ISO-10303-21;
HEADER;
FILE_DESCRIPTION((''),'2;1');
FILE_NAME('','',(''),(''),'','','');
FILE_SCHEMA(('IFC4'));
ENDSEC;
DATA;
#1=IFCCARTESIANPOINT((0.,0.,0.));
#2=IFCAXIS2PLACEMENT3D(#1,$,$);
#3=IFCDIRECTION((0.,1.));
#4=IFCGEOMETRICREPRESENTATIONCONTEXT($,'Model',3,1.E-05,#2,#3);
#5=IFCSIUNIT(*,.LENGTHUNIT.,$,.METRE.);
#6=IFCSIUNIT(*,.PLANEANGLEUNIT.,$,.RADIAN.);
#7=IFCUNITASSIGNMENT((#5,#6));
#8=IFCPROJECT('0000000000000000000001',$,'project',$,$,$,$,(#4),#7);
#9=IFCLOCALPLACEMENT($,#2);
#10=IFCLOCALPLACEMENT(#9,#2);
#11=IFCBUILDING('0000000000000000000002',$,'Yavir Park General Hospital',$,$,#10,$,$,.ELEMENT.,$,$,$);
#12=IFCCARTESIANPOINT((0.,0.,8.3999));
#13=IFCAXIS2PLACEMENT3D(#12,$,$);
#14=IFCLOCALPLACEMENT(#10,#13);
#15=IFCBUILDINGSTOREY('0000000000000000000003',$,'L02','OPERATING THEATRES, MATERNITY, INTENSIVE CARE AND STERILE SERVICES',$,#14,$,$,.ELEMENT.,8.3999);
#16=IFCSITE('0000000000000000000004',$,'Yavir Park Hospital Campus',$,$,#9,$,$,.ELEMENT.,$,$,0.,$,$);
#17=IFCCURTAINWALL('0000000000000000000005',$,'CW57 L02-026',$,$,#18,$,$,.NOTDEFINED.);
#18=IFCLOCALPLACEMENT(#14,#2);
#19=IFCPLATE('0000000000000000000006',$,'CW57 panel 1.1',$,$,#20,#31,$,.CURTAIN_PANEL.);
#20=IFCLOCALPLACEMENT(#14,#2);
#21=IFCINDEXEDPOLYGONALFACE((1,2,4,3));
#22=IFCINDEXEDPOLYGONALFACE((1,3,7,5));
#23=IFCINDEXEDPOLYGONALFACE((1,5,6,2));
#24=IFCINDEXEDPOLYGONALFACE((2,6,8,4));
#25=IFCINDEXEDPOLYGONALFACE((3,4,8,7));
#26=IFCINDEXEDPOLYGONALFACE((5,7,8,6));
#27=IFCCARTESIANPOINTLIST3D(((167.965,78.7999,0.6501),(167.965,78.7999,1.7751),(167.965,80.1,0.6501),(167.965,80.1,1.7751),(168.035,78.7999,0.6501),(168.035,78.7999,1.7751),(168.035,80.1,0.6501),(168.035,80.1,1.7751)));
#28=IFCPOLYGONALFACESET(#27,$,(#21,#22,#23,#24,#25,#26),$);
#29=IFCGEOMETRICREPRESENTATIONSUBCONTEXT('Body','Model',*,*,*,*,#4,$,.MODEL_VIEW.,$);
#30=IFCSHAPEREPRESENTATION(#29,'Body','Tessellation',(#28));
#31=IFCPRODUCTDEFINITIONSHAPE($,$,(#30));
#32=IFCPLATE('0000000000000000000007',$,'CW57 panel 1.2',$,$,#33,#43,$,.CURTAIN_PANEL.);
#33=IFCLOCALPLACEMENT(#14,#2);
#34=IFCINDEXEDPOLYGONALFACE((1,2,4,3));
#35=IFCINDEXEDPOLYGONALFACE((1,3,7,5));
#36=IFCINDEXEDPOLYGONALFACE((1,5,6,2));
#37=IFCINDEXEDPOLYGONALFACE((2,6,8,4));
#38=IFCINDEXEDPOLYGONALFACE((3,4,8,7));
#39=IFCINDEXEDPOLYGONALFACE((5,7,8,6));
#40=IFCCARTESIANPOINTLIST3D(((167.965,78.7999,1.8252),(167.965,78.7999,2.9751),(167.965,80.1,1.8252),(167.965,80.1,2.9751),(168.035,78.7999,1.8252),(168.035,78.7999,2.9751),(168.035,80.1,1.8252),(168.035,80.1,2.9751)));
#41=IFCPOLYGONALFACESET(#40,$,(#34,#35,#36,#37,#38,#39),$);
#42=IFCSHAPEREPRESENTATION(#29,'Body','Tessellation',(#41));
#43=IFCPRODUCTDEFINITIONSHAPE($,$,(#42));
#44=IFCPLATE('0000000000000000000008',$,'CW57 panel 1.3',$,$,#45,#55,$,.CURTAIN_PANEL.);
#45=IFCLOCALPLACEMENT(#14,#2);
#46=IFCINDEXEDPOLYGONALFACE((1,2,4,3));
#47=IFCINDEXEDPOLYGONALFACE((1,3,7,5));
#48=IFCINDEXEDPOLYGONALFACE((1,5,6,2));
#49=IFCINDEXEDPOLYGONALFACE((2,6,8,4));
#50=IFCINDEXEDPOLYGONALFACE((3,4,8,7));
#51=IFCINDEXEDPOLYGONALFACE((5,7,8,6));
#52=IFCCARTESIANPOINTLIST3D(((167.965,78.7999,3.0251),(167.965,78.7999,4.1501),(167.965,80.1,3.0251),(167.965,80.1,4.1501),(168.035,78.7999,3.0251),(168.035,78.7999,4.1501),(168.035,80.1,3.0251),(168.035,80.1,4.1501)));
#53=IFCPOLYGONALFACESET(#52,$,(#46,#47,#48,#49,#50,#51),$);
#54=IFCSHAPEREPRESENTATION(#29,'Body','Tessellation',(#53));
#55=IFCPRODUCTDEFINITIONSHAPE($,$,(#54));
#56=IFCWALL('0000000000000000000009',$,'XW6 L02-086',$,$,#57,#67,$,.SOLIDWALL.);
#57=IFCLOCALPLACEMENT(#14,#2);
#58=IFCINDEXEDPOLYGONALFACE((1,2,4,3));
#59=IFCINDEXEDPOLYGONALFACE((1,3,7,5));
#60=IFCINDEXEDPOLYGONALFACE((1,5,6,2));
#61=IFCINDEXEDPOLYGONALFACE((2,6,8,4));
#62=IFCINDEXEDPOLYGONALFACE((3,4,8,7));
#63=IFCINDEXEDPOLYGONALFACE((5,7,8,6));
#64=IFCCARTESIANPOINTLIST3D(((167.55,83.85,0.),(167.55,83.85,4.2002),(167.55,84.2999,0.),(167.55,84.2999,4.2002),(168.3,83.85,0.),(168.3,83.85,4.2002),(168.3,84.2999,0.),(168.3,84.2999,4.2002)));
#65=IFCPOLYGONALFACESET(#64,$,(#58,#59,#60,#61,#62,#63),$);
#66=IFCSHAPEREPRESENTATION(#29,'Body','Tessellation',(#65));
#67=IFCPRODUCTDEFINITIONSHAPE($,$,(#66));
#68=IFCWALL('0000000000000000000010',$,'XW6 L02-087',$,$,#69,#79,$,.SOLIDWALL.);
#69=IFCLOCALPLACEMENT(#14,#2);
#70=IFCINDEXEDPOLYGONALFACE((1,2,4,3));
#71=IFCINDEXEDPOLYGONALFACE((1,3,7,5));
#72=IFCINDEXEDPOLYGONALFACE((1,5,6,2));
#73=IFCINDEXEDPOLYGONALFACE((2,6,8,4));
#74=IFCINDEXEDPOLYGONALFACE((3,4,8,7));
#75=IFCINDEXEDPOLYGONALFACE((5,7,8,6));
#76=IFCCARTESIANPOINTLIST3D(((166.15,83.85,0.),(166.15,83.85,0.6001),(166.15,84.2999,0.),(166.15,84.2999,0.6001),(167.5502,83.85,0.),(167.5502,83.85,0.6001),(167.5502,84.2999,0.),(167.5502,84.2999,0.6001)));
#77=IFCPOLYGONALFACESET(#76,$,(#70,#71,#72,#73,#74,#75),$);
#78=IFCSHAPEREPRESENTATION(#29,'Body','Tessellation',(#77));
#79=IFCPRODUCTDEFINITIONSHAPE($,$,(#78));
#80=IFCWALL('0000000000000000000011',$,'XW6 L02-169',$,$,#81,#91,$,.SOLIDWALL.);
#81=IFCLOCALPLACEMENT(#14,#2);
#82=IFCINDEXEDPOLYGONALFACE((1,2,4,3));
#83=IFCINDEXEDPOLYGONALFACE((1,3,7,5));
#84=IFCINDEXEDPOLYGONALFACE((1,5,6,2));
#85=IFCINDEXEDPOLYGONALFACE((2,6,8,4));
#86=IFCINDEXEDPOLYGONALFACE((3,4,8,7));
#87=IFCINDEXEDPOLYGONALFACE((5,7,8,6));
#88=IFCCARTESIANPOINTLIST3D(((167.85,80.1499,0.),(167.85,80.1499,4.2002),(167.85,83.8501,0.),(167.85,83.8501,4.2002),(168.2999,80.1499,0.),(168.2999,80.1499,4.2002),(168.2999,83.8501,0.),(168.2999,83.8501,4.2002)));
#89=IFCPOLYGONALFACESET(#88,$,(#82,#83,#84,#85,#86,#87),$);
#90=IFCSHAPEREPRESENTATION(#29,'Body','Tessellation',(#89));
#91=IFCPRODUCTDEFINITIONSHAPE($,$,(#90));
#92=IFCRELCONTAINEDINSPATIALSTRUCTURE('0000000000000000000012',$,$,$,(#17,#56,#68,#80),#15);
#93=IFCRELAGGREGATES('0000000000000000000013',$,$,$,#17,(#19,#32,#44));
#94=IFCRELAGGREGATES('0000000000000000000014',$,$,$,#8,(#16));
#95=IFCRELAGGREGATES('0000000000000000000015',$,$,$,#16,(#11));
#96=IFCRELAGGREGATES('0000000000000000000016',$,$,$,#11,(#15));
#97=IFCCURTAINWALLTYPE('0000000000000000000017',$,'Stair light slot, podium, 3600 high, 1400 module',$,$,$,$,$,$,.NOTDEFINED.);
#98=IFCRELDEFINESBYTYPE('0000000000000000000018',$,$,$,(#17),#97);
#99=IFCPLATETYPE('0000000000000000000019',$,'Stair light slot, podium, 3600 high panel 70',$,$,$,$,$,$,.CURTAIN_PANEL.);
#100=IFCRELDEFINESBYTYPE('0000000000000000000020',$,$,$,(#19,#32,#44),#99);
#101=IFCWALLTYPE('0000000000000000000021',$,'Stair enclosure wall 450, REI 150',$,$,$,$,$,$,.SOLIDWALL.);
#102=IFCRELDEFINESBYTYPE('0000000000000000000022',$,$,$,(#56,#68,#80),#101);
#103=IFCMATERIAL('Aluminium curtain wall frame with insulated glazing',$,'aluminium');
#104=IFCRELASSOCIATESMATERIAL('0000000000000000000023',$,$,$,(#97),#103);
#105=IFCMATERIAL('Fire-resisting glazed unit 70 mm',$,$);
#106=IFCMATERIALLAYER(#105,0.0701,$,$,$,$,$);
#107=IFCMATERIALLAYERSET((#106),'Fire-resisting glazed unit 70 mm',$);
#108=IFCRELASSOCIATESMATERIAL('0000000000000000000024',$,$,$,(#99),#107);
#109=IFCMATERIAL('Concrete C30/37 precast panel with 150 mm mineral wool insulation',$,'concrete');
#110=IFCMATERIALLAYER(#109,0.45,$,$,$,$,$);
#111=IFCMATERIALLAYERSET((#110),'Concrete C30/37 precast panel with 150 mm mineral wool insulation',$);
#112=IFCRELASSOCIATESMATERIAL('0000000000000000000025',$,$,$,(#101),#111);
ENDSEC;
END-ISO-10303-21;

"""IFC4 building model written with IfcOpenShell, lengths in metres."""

from ifc_helpers import new_model, si_unit, direction, frame, frame_2d, origin, origin_2d, place, context, subcontext, project, spatial, rectangle, extrude, material, layer, layer_set, type_object, element, aggregate, save


model = new_model("IFC4")

# Units and contexts
model_context = context("Model", 3, precision=1e-05, world=origin(), true_north=direction((0.0, 1.0)))
body_context = subcontext(model_context, "Body", "Model", "MODEL_VIEW")
ifc_project = project(units=[si_unit("LENGTHUNIT", "METRE"), si_unit("PLANEANGLEUNIT", "RADIAN")], contexts=[model_context])

# Site, building, storey
site_placement = place(None, origin())
site = spatial("IfcSite", under=ifc_project, at=site_placement, Name="Yavir Park Hospital Campus", CompositionType="ELEMENT", RefElevation=0.0)
building_placement = place(site_placement, origin())
building = spatial("IfcBuilding", under=site, at=building_placement, Name="Yavir Park General Hospital", CompositionType="ELEMENT")
storey_placement = place(building_placement, frame((0.0, 0.0, 8.3999)))
storey = spatial("IfcBuildingStorey", under=building, at=storey_placement, Name="L02", Description="OPERATING THEATRES, MATERNITY, INTENSIVE CARE AND STERILE SERVICES", CompositionType="ELEMENT", Elevation=8.3999)

# Curtain wall
ifc_material_1 = material(Name="Aluminium curtain wall frame with insulated glazing", Category="aluminium")
curtain_wall_type = type_object("IfcCurtainWallType", Name="Stair light slot, podium, 3600 high, 1400 module", PredefinedType="NOTDEFINED", material=ifc_material_1)
curtain_wall_1_placement = place(storey_placement, origin())
curtain_wall_1 = element("IfcCurtainWall", 1, at=curtain_wall_1_placement, inside=storey, type_object=curtain_wall_type, Name="CW57 L02-026", PredefinedType="NOTDEFINED")

# Plates
ifc_material_2 = material(Name="Fire-resisting glazed unit 70 mm")
ifc_layer_1 = layer(ifc_material_2, 0.0701)
ifc_layer_set_1 = layer_set([ifc_layer_1], Name="Fire-resisting glazed unit 70 mm")
plate_type = type_object("IfcPlateType", Name="Stair light slot, podium, 3600 high panel 70", PredefinedType="CURTAIN_PANEL", material=ifc_layer_set_1)
plate_1_placement = place(storey_placement, frame((168.0, 79.45, 0.6501), z_axis=(0.0, 0.0, 1.0), x_axis=(0.0, 1.0, 0.0)))
plate_1 = element("IfcPlate", 2, at=plate_1_placement, type_object=plate_type, Name="CW57 panel 1.1", PredefinedType="CURTAIN_PANEL", context=body_context, shape_type="SweptSolid", body=[
    extrude(rectangle(XDim=1.3, YDim=0.0701, at=origin_2d()), origin(), (0.0, 0.0, 1.0), 1.125),
])
plate_2_placement = place(storey_placement, frame((168.0, 79.45, 1.8252), z_axis=(0.0, 0.0, 1.0), x_axis=(0.0, 1.0, 0.0)))
plate_2 = element("IfcPlate", 3, at=plate_2_placement, type_object=plate_type, Name="CW57 panel 1.2", PredefinedType="CURTAIN_PANEL", context=body_context, shape_type="SweptSolid", body=[
    extrude(rectangle(XDim=1.3, YDim=0.0701, at=origin_2d()), origin(), (0.0, 0.0, 1.0), 1.1499),
])
plate_3_placement = place(storey_placement, frame((168.0, 79.45, 3.0251), z_axis=(0.0, 0.0, 1.0), x_axis=(0.0, 1.0, 0.0)))
plate_3 = element("IfcPlate", 4, at=plate_3_placement, type_object=plate_type, Name="CW57 panel 1.3", PredefinedType="CURTAIN_PANEL", context=body_context, shape_type="SweptSolid", body=[
    extrude(rectangle(XDim=1.3, YDim=0.0701, at=origin_2d()), origin(), (0.0, 0.0, 1.0), 1.125),
])
aggregate(curtain_wall_1, [plate_1, plate_2, plate_3])

# Walls
ifc_material_3 = material(Name="Concrete C30/37 precast panel with 150 mm mineral wool insulation", Category="concrete")
ifc_layer_2 = layer(ifc_material_3, 0.45)
ifc_layer_set_2 = layer_set([ifc_layer_2], Name="Concrete C30/37 precast panel with 150 mm mineral wool insulation")
wall_type = type_object("IfcWallType", Name="Stair enclosure wall 450, REI 150", PredefinedType="SOLIDWALL", material=ifc_layer_set_2)
wall_1_placement = place(storey_placement, frame((167.55, 84.075, 0.0), z_axis=(0.0, 0.0, 1.0), x_axis=(1.0, 0.0, 0.0)))
element("IfcWall", 5, at=wall_1_placement, inside=storey, type_object=wall_type, Name="XW6 L02-086", PredefinedType="SOLIDWALL", context=body_context, shape_type="SweptSolid", body=[
    extrude(rectangle(XDim=0.75, YDim=0.45, at=frame_2d((0.375, 0.0))), origin(), (0.0, 0.0, 1.0), 4.2002),
])
wall_2_placement = place(storey_placement, frame((166.1499, 84.075, 0.0), z_axis=(0.0, 0.0, 1.0), x_axis=(1.0, 0.0, 0.0)))
element("IfcWall", 6, at=wall_2_placement, inside=storey, type_object=wall_type, Name="XW6 L02-087", PredefinedType="SOLIDWALL", context=body_context, shape_type="SweptSolid", body=[
    extrude(rectangle(XDim=1.4001, YDim=0.45, at=frame_2d((0.7002, 0.0))), origin(), (0.0, 0.0, 1.0), 0.6001),
])
wall_3_placement = place(storey_placement, frame((168.075, 80.1499, 0.0), z_axis=(0.0, 0.0, 1.0), x_axis=(0.0, 1.0, 0.0)))
element("IfcWall", 7, at=wall_3_placement, inside=storey, type_object=wall_type, Name="XW6 L02-169", PredefinedType="SOLIDWALL", context=body_context, shape_type="SweptSolid", body=[
    extrude(rectangle(XDim=3.7002, YDim=0.45, at=frame_2d((1.8501, 0.0))), origin(), (0.0, 0.0, 1.0), 4.2002),
])

save(model, "model.ifc")
